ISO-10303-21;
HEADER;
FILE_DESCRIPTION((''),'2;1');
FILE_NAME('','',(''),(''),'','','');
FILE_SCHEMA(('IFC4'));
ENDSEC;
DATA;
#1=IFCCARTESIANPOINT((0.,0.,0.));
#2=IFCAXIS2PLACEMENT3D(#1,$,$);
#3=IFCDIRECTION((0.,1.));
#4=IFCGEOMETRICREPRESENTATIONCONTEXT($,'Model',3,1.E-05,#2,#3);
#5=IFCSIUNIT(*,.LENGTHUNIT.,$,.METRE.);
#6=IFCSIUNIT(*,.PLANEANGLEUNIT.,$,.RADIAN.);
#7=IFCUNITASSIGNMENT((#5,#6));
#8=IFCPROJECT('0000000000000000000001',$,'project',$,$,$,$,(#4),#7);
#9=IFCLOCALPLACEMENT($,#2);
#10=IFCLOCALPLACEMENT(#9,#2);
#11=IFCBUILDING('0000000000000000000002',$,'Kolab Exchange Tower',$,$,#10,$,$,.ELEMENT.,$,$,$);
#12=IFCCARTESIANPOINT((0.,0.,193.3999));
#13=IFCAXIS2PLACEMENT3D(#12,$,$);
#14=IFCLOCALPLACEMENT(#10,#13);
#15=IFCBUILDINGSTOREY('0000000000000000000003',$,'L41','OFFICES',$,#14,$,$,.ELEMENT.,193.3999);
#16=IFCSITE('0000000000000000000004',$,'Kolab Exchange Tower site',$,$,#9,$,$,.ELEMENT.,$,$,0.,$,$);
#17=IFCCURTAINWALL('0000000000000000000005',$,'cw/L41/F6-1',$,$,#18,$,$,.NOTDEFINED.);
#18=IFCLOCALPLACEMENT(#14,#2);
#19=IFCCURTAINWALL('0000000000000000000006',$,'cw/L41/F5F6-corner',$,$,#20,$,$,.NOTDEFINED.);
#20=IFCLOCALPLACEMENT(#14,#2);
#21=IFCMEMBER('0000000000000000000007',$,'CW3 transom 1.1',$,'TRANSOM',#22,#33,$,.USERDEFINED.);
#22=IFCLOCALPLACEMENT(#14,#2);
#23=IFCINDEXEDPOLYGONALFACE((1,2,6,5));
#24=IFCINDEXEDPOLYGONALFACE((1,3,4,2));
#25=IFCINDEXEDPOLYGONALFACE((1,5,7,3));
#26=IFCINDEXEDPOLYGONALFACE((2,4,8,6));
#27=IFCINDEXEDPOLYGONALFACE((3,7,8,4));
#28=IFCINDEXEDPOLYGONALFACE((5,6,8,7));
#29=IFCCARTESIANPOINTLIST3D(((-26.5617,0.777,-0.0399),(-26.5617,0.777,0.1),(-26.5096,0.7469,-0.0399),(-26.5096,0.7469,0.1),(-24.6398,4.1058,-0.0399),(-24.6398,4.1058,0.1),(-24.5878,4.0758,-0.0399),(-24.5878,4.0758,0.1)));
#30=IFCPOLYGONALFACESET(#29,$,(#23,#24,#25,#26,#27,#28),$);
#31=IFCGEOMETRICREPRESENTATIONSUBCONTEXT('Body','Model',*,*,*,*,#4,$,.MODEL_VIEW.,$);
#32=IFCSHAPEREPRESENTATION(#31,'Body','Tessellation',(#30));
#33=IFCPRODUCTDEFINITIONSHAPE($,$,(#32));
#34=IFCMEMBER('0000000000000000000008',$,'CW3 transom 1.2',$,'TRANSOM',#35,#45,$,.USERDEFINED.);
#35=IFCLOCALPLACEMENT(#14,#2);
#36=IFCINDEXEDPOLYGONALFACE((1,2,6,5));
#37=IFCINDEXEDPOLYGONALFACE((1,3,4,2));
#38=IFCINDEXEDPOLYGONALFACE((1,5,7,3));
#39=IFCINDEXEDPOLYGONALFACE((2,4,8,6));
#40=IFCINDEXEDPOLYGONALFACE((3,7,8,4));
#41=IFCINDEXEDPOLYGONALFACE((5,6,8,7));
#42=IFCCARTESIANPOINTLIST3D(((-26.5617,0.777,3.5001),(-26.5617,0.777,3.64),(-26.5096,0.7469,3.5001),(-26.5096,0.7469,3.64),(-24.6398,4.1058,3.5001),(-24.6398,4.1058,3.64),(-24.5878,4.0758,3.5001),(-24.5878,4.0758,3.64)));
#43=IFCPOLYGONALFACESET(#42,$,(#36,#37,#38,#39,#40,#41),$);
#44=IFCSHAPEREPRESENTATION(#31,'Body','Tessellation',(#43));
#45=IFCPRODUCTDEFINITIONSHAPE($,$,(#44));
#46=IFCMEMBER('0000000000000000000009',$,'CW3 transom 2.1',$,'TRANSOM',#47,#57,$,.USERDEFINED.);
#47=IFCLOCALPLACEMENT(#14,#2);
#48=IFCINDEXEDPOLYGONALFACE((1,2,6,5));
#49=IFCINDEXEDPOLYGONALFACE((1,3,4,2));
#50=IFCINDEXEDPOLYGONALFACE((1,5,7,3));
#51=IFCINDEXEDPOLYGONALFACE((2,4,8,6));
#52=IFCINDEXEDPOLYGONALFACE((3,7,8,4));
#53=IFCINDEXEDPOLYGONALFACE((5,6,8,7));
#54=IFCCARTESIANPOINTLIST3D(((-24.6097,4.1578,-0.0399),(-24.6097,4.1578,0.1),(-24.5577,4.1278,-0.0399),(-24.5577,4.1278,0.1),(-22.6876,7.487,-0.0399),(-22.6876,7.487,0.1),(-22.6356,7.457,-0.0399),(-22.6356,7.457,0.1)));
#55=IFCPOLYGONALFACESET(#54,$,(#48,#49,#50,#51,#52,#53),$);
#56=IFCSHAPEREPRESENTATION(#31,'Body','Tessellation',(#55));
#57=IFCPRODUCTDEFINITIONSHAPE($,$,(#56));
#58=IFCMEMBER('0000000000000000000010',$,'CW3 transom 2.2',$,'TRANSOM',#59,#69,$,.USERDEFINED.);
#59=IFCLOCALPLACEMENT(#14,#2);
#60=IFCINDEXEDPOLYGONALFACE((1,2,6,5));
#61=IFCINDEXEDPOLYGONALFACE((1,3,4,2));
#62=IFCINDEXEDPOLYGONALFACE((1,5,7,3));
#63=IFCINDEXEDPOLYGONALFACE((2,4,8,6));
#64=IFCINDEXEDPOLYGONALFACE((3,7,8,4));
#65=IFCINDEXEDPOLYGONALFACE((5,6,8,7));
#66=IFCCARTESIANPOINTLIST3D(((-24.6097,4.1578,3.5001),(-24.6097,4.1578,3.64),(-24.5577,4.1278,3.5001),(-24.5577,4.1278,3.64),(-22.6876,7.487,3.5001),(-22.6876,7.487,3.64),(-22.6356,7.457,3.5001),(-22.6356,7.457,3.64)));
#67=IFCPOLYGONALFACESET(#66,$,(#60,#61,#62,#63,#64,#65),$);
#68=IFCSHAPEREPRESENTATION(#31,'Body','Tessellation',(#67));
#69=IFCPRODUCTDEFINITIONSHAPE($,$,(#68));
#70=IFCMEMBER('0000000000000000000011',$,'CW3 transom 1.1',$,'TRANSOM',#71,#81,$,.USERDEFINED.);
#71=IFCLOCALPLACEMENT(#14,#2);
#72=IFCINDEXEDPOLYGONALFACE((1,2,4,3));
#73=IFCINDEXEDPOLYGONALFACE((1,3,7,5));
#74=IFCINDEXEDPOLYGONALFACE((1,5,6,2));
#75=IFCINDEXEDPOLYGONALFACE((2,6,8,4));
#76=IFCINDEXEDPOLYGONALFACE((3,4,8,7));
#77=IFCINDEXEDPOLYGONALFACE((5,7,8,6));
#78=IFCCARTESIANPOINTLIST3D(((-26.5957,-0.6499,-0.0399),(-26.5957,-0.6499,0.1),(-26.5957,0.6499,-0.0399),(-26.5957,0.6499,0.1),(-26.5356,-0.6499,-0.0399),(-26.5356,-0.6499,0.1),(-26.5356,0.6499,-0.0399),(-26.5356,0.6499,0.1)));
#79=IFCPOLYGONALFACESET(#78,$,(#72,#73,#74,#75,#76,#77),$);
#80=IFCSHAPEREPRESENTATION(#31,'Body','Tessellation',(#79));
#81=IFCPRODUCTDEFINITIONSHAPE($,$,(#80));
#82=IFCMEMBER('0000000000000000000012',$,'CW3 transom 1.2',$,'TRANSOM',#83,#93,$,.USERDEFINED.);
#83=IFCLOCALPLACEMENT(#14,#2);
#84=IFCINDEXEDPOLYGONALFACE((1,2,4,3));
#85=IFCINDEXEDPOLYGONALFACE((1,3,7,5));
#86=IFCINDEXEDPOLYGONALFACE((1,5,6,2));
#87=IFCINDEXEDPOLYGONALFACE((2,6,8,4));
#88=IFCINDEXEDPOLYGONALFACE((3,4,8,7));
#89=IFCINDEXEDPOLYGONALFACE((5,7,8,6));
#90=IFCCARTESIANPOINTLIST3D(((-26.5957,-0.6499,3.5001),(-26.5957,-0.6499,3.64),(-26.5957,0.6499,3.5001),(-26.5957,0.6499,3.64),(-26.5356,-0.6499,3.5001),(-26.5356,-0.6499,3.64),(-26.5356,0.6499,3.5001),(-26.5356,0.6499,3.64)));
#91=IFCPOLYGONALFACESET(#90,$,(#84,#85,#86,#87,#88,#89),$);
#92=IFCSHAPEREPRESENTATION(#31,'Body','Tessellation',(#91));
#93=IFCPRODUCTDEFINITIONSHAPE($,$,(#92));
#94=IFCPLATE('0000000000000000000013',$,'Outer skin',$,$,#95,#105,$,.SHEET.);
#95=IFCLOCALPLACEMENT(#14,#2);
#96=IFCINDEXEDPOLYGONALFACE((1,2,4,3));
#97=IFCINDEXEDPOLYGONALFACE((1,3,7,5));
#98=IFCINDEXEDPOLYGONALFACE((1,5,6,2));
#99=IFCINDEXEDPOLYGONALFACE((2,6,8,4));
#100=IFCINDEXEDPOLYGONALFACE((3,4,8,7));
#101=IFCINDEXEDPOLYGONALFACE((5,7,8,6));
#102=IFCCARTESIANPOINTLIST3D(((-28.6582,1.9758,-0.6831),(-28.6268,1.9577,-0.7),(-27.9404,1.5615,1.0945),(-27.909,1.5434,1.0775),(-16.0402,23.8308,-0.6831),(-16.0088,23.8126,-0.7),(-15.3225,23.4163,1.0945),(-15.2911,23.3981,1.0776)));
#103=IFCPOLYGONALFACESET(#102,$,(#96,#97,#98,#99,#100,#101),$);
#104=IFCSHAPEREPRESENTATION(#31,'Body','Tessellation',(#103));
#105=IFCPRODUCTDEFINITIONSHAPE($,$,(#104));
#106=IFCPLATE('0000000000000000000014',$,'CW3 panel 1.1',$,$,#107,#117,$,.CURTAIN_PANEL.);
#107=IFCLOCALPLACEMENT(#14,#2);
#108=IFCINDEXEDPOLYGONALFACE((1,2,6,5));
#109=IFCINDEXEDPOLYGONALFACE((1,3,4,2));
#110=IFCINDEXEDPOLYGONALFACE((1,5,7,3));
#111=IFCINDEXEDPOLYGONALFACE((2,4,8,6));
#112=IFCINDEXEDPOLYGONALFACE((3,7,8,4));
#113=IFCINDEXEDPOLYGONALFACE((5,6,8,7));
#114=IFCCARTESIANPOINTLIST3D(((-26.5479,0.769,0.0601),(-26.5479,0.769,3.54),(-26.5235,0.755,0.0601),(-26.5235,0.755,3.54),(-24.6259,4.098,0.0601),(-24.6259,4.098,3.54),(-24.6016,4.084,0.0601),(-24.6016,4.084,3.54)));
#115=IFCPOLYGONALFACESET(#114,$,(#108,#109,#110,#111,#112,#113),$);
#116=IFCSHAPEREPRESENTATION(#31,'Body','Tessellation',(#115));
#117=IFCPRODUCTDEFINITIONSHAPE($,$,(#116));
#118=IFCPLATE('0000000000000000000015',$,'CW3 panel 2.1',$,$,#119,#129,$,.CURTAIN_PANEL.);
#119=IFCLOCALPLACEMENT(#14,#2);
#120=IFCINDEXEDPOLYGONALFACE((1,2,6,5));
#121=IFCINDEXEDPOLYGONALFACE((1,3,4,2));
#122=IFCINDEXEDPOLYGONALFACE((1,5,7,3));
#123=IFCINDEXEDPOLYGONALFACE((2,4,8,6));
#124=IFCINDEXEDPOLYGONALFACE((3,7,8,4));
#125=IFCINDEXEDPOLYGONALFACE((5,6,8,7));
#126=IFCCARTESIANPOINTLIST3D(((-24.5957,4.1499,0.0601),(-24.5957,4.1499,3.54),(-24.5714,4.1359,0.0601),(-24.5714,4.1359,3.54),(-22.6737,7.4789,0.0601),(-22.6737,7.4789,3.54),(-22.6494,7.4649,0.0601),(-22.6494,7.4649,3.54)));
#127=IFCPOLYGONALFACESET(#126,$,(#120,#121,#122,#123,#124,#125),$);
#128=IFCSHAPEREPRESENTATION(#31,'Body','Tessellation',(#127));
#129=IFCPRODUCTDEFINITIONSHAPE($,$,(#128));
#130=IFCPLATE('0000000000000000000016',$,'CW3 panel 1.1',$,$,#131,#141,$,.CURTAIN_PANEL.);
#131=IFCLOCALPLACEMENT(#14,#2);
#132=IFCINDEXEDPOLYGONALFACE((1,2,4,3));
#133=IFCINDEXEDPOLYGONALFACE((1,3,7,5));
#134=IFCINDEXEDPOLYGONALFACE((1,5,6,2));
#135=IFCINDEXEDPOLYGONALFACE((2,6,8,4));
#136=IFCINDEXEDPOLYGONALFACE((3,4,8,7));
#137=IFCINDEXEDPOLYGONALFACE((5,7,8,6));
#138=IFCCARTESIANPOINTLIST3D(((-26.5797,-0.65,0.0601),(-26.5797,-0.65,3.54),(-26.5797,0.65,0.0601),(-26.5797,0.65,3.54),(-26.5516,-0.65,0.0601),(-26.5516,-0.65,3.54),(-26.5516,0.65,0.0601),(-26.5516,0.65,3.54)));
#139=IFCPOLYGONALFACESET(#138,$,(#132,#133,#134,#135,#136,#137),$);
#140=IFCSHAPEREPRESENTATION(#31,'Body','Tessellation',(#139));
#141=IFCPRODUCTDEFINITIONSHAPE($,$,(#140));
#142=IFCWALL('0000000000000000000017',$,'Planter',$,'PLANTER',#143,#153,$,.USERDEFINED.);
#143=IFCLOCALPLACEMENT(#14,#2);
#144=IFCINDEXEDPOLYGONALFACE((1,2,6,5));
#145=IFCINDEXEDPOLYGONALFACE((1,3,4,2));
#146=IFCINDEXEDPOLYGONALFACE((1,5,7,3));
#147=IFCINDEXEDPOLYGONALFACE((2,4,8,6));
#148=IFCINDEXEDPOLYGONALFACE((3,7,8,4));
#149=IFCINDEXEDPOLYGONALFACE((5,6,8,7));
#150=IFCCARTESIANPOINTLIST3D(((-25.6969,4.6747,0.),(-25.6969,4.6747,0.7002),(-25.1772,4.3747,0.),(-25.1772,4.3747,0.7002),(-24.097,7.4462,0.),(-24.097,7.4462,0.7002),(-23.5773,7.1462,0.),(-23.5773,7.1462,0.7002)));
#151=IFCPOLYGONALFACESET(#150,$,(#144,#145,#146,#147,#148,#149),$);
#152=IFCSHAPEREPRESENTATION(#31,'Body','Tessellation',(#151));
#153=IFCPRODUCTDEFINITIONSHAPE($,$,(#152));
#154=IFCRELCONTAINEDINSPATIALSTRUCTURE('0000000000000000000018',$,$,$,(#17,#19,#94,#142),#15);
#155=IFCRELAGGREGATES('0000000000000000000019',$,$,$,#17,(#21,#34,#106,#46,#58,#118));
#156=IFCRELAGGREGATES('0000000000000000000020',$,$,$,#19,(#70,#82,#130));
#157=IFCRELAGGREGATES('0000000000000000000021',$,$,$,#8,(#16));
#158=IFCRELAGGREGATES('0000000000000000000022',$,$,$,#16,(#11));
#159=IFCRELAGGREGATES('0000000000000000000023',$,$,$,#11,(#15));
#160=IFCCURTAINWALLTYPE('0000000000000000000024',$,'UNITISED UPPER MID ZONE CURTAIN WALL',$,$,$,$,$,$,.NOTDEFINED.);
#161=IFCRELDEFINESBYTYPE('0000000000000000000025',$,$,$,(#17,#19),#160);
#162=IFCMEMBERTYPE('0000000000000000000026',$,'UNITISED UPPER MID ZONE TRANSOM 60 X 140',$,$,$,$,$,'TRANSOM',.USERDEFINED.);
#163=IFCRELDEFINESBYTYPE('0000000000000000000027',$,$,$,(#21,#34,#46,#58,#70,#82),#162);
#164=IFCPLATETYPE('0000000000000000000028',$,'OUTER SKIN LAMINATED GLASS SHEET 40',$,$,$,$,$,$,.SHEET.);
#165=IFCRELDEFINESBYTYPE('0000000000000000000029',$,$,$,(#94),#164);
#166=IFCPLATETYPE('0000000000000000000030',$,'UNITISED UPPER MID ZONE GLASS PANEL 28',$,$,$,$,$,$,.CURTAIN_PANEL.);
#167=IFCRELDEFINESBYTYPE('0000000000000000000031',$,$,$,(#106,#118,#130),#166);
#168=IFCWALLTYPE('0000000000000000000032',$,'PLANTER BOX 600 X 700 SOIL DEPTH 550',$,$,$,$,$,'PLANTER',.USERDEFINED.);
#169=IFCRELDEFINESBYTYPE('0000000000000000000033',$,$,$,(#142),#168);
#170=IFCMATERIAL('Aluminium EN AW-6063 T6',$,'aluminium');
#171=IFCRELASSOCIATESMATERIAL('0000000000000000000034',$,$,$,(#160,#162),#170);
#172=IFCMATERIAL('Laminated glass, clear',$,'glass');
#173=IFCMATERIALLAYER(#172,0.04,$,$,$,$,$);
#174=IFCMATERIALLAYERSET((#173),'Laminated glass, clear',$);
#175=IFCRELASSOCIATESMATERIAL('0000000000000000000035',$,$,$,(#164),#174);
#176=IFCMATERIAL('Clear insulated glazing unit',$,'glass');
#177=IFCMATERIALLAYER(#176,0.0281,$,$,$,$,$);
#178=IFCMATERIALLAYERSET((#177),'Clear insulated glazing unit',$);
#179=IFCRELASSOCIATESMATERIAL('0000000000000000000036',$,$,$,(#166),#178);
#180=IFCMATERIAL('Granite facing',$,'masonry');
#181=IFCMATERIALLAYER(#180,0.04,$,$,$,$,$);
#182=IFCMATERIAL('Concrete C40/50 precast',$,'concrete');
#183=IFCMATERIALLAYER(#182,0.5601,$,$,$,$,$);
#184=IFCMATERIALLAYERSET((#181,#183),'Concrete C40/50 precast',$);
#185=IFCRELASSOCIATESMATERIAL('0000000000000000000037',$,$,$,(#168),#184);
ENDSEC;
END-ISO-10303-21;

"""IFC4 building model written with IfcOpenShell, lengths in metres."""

from ifc_helpers import new_model, si_unit, direction, frame, frame_2d, origin, origin_2d, place, context, subcontext, project, spatial, polyline, rectangle, outline, extrude, material, layer, layer_set, material_profile, profile_set, type_object, element, aggregate, save


model = new_model("IFC4")

# Units and contexts
model_context = context("Model", 3, precision=1e-05, world=origin(), true_north=direction((0.0, 1.0)))
body_context = subcontext(model_context, "Body", "Model", "MODEL_VIEW")
ifc_project = project(units=[si_unit("LENGTHUNIT", "METRE"), si_unit("PLANEANGLEUNIT", "RADIAN")], contexts=[model_context])

# Site, building, storey
site_placement = place(None, origin())
site = spatial("IfcSite", under=ifc_project, at=site_placement, Name="Kolab Exchange Tower site", CompositionType="ELEMENT", RefElevation=0.0)
building_placement = place(site_placement, origin())
building = spatial("IfcBuilding", under=site, at=building_placement, Name="Kolab Exchange Tower", CompositionType="ELEMENT")
storey_placement = place(building_placement, frame((0.0, 0.0, 193.3999)))
storey = spatial("IfcBuildingStorey", under=building, at=storey_placement, Name="L41", Description="OFFICES", CompositionType="ELEMENT", Elevation=193.3999)

# Curtain walls
ifc_material_1 = material(Name="Aluminium EN AW-6063 T6", Category="aluminium")
curtain_wall_type = type_object("IfcCurtainWallType", Name="UNITISED UPPER MID ZONE CURTAIN WALL", PredefinedType="NOTDEFINED", material=ifc_material_1)
curtain_wall_1_placement = place(storey_placement, origin())
curtain_wall_1 = element("IfcCurtainWall", 1, at=curtain_wall_1_placement, inside=storey, type_object=curtain_wall_type, Name="cw/L41/F6-1", PredefinedType="NOTDEFINED")
curtain_wall_2_placement = place(storey_placement, origin())
curtain_wall_2 = element("IfcCurtainWall", 2, at=curtain_wall_2_placement, inside=storey, type_object=curtain_wall_type, Name="cw/L41/F5F6-corner", PredefinedType="NOTDEFINED")

# Members
ifc_material_profile_1 = material_profile(ifc_material_1, rectangle(XDim=0.0601, YDim=0.1399, at=origin_2d()), Name="RECT 60X140")
ifc_profile_set_1 = profile_set([ifc_material_profile_1], Name="Aluminium EN AW-6063 T6")
member_type_1 = type_object("IfcMemberType", Name="UNITISED UPPER MID ZONE TRANSOM 60 X 140", ElementType="TRANSOM", PredefinedType="USERDEFINED", material=ifc_profile_set_1)
member_1_placement = place(storey_placement, frame((-26.5356, 0.762, 0.03), z_axis=(0.499992, 0.86603, 0.0), x_axis=(-0.86603, 0.499992, 0.0)))
member_1 = element("IfcMember", 3, at=member_1_placement, type_object=member_type_1, Name="CW3 transom 1.1", ObjectType="TRANSOM", PredefinedType="USERDEFINED", context=body_context, shape_type="SweptSolid", body=[
    extrude(rectangle(XDim=0.0601, YDim=0.1399, at=origin_2d()), origin(), (0.0, 0.0, 1.0), 3.8438),
])
member_2_placement = place(storey_placement, frame((-26.5356, 0.762, 3.5701), z_axis=(0.499992, 0.86603, 0.0), x_axis=(-0.86603, 0.499992, 0.0)))
member_2 = element("IfcMember", 4, at=member_2_placement, type_object=member_type_1, Name="CW3 transom 1.2", ObjectType="TRANSOM", PredefinedType="USERDEFINED", context=body_context, shape_type="SweptSolid", body=[
    extrude(rectangle(XDim=0.0601, YDim=0.1399, at=origin_2d()), origin(), (0.0, 0.0, 1.0), 3.8438),
])
member_3_placement = place(storey_placement, frame((-24.5837, 4.1428, 0.03), z_axis=(0.500012, 0.866018, 0.0), x_axis=(-0.866018, 0.500012, 0.0)))
member_3 = element("IfcMember", 5, at=member_3_placement, type_object=member_type_1, Name="CW3 transom 2.1", ObjectType="TRANSOM", PredefinedType="USERDEFINED", context=body_context, shape_type="SweptSolid", body=[
    extrude(rectangle(XDim=0.0601, YDim=0.1399, at=origin_2d()), origin(), (0.0, 0.0, 1.0), 3.8442),
])
member_4_placement = place(storey_placement, frame((-24.5837, 4.1428, 3.5701), z_axis=(0.500012, 0.866018, 0.0), x_axis=(-0.866018, 0.500012, 0.0)))
member_4 = element("IfcMember", 6, at=member_4_placement, type_object=member_type_1, Name="CW3 transom 2.2", ObjectType="TRANSOM", PredefinedType="USERDEFINED", context=body_context, shape_type="SweptSolid", body=[
    extrude(rectangle(XDim=0.0601, YDim=0.1399, at=origin_2d()), origin(), (0.0, 0.0, 1.0), 3.8442),
])
member_5_placement = place(storey_placement, frame((-26.5657, -0.6499, 0.03), z_axis=(0.0, 1.0, 0.0), x_axis=(-1.0, 0.0, 0.0)))
member_5 = element("IfcMember", 7, at=member_5_placement, type_object=member_type_1, Name="CW3 transom 1.1", ObjectType="TRANSOM", PredefinedType="USERDEFINED", context=body_context, shape_type="SweptSolid", body=[
    extrude(rectangle(XDim=0.0601, YDim=0.1399, at=origin_2d()), origin(), (0.0, 0.0, 1.0), 1.2998),
])
member_6_placement = place(storey_placement, frame((-26.5657, -0.6499, 3.5701), z_axis=(0.0, 1.0, 0.0), x_axis=(-1.0, 0.0, 0.0)))
member_6 = element("IfcMember", 8, at=member_6_placement, type_object=member_type_1, Name="CW3 transom 1.2", ObjectType="TRANSOM", PredefinedType="USERDEFINED", context=body_context, shape_type="SweptSolid", body=[
    extrude(rectangle(XDim=0.0601, YDim=0.1399, at=origin_2d()), origin(), (0.0, 0.0, 1.0), 1.2998),
])

# Plates
ifc_material_2 = material(Name="Laminated glass, clear", Category="glass")
ifc_layer_1 = layer(ifc_material_2, 0.04)
ifc_layer_set_1 = layer_set([ifc_layer_1], Name="Laminated glass, clear")
plate_type_1 = type_object("IfcPlateType", Name="OUTER SKIN LAMINATED GLASS SHEET 40", PredefinedType="SHEET", material=ifc_layer_set_1)
plate_1_placement = place(storey_placement, frame((-28.6582, 1.9758, -0.6831), z_axis=(-0.784899, 0.453162, 0.422585), x_axis=(0.5, 0.866025, -0.000001)))
element("IfcPlate", 9, at=plate_1_placement, inside=storey, type_object=plate_type_1, Name="Outer skin", PredefinedType="SHEET", context=body_context, shape_type="SweptSolid", body=[
    extrude(outline(polyline([(0.0, 0.0), (25.2359, 0.0), (25.2358, -1.9613), (0.0001, -1.9613), (0.0, 0.0)])), origin(), (0.0, 0.0, -1.0), 0.04),
])
ifc_material_3 = material(Name="Clear insulated glazing unit", Category="glass")
ifc_layer_2 = layer(ifc_material_3, 0.0281)
ifc_layer_set_2 = layer_set([ifc_layer_2], Name="Clear insulated glazing unit")
plate_type_2 = type_object("IfcPlateType", Name="UNITISED UPPER MID ZONE GLASS PANEL 28", PredefinedType="CURTAIN_PANEL", material=ifc_layer_set_2)
plate_2_placement = place(storey_placement, frame((-25.5747, 2.4265, 0.0601), z_axis=(0.0, 0.0, 1.0), x_axis=(0.5, 0.866025, 0.0)))
plate_2 = element("IfcPlate", 10, at=plate_2_placement, type_object=plate_type_2, Name="CW3 panel 1.1", PredefinedType="CURTAIN_PANEL", context=body_context, shape_type="SweptSolid", body=[
    extrude(rectangle(XDim=3.844, YDim=0.0281, at=origin_2d()), origin(), (0.0, 0.0, 1.0), 3.48),
])
plate_3_placement = place(storey_placement, frame((-23.6226, 5.8074, 0.0601), z_axis=(0.0, 0.0, 1.0), x_axis=(0.5, 0.866025, 0.0)))
plate_3 = element("IfcPlate", 11, at=plate_3_placement, type_object=plate_type_2, Name="CW3 panel 2.1", PredefinedType="CURTAIN_PANEL", context=body_context, shape_type="SweptSolid", body=[
    extrude(rectangle(XDim=3.844, YDim=0.0281, at=origin_2d()), origin(), (0.0, 0.0, 1.0), 3.48),
])
aggregate(curtain_wall_1, [member_1, member_2, plate_2, member_3, member_4, plate_3])
plate_4_placement = place(storey_placement, frame((-26.5657, 0.0, 0.0601), z_axis=(0.0, 0.0, 1.0), x_axis=(0.0, 1.0, 0.0)))
plate_4 = element("IfcPlate", 12, at=plate_4_placement, type_object=plate_type_2, Name="CW3 panel 1.1", PredefinedType="CURTAIN_PANEL", context=body_context, shape_type="SweptSolid", body=[
    extrude(rectangle(XDim=1.3, YDim=0.0281, at=origin_2d()), origin(), (0.0, 0.0, 1.0), 3.48),
])
aggregate(curtain_wall_2, [member_5, member_6, plate_4])

# Wall
ifc_material_4 = material(Name="Granite facing", Category="masonry")
ifc_layer_3 = layer(ifc_material_4, 0.04)
ifc_material_5 = material(Name="Concrete C40/50 precast", Category="concrete")
ifc_layer_4 = layer(ifc_material_5, 0.5601)
ifc_layer_set_3 = layer_set([ifc_layer_3, ifc_layer_4], Name="Concrete C40/50 precast")
wall_type_1 = type_object("IfcWallType", Name="PLANTER BOX 600 X 700 SOIL DEPTH 550", ElementType="PLANTER", PredefinedType="USERDEFINED", material=ifc_layer_set_3)
wall_1_placement = place(storey_placement, frame((-25.437, 4.5247, 0.0), z_axis=(0.0, 0.0, 1.0), x_axis=(0.499938, 0.866061, 0.0)))
element("IfcWall", 13, at=wall_1_placement, inside=storey, type_object=wall_type_1, Name="Planter", ObjectType="PLANTER", PredefinedType="USERDEFINED", context=body_context, shape_type="SweptSolid", body=[
    extrude(rectangle(XDim=3.2002, YDim=0.6001, at=frame_2d((1.6001, 0.0))), origin(), (0.0, 0.0, 1.0), 0.7002),
])

save(model, "model.ifc")
